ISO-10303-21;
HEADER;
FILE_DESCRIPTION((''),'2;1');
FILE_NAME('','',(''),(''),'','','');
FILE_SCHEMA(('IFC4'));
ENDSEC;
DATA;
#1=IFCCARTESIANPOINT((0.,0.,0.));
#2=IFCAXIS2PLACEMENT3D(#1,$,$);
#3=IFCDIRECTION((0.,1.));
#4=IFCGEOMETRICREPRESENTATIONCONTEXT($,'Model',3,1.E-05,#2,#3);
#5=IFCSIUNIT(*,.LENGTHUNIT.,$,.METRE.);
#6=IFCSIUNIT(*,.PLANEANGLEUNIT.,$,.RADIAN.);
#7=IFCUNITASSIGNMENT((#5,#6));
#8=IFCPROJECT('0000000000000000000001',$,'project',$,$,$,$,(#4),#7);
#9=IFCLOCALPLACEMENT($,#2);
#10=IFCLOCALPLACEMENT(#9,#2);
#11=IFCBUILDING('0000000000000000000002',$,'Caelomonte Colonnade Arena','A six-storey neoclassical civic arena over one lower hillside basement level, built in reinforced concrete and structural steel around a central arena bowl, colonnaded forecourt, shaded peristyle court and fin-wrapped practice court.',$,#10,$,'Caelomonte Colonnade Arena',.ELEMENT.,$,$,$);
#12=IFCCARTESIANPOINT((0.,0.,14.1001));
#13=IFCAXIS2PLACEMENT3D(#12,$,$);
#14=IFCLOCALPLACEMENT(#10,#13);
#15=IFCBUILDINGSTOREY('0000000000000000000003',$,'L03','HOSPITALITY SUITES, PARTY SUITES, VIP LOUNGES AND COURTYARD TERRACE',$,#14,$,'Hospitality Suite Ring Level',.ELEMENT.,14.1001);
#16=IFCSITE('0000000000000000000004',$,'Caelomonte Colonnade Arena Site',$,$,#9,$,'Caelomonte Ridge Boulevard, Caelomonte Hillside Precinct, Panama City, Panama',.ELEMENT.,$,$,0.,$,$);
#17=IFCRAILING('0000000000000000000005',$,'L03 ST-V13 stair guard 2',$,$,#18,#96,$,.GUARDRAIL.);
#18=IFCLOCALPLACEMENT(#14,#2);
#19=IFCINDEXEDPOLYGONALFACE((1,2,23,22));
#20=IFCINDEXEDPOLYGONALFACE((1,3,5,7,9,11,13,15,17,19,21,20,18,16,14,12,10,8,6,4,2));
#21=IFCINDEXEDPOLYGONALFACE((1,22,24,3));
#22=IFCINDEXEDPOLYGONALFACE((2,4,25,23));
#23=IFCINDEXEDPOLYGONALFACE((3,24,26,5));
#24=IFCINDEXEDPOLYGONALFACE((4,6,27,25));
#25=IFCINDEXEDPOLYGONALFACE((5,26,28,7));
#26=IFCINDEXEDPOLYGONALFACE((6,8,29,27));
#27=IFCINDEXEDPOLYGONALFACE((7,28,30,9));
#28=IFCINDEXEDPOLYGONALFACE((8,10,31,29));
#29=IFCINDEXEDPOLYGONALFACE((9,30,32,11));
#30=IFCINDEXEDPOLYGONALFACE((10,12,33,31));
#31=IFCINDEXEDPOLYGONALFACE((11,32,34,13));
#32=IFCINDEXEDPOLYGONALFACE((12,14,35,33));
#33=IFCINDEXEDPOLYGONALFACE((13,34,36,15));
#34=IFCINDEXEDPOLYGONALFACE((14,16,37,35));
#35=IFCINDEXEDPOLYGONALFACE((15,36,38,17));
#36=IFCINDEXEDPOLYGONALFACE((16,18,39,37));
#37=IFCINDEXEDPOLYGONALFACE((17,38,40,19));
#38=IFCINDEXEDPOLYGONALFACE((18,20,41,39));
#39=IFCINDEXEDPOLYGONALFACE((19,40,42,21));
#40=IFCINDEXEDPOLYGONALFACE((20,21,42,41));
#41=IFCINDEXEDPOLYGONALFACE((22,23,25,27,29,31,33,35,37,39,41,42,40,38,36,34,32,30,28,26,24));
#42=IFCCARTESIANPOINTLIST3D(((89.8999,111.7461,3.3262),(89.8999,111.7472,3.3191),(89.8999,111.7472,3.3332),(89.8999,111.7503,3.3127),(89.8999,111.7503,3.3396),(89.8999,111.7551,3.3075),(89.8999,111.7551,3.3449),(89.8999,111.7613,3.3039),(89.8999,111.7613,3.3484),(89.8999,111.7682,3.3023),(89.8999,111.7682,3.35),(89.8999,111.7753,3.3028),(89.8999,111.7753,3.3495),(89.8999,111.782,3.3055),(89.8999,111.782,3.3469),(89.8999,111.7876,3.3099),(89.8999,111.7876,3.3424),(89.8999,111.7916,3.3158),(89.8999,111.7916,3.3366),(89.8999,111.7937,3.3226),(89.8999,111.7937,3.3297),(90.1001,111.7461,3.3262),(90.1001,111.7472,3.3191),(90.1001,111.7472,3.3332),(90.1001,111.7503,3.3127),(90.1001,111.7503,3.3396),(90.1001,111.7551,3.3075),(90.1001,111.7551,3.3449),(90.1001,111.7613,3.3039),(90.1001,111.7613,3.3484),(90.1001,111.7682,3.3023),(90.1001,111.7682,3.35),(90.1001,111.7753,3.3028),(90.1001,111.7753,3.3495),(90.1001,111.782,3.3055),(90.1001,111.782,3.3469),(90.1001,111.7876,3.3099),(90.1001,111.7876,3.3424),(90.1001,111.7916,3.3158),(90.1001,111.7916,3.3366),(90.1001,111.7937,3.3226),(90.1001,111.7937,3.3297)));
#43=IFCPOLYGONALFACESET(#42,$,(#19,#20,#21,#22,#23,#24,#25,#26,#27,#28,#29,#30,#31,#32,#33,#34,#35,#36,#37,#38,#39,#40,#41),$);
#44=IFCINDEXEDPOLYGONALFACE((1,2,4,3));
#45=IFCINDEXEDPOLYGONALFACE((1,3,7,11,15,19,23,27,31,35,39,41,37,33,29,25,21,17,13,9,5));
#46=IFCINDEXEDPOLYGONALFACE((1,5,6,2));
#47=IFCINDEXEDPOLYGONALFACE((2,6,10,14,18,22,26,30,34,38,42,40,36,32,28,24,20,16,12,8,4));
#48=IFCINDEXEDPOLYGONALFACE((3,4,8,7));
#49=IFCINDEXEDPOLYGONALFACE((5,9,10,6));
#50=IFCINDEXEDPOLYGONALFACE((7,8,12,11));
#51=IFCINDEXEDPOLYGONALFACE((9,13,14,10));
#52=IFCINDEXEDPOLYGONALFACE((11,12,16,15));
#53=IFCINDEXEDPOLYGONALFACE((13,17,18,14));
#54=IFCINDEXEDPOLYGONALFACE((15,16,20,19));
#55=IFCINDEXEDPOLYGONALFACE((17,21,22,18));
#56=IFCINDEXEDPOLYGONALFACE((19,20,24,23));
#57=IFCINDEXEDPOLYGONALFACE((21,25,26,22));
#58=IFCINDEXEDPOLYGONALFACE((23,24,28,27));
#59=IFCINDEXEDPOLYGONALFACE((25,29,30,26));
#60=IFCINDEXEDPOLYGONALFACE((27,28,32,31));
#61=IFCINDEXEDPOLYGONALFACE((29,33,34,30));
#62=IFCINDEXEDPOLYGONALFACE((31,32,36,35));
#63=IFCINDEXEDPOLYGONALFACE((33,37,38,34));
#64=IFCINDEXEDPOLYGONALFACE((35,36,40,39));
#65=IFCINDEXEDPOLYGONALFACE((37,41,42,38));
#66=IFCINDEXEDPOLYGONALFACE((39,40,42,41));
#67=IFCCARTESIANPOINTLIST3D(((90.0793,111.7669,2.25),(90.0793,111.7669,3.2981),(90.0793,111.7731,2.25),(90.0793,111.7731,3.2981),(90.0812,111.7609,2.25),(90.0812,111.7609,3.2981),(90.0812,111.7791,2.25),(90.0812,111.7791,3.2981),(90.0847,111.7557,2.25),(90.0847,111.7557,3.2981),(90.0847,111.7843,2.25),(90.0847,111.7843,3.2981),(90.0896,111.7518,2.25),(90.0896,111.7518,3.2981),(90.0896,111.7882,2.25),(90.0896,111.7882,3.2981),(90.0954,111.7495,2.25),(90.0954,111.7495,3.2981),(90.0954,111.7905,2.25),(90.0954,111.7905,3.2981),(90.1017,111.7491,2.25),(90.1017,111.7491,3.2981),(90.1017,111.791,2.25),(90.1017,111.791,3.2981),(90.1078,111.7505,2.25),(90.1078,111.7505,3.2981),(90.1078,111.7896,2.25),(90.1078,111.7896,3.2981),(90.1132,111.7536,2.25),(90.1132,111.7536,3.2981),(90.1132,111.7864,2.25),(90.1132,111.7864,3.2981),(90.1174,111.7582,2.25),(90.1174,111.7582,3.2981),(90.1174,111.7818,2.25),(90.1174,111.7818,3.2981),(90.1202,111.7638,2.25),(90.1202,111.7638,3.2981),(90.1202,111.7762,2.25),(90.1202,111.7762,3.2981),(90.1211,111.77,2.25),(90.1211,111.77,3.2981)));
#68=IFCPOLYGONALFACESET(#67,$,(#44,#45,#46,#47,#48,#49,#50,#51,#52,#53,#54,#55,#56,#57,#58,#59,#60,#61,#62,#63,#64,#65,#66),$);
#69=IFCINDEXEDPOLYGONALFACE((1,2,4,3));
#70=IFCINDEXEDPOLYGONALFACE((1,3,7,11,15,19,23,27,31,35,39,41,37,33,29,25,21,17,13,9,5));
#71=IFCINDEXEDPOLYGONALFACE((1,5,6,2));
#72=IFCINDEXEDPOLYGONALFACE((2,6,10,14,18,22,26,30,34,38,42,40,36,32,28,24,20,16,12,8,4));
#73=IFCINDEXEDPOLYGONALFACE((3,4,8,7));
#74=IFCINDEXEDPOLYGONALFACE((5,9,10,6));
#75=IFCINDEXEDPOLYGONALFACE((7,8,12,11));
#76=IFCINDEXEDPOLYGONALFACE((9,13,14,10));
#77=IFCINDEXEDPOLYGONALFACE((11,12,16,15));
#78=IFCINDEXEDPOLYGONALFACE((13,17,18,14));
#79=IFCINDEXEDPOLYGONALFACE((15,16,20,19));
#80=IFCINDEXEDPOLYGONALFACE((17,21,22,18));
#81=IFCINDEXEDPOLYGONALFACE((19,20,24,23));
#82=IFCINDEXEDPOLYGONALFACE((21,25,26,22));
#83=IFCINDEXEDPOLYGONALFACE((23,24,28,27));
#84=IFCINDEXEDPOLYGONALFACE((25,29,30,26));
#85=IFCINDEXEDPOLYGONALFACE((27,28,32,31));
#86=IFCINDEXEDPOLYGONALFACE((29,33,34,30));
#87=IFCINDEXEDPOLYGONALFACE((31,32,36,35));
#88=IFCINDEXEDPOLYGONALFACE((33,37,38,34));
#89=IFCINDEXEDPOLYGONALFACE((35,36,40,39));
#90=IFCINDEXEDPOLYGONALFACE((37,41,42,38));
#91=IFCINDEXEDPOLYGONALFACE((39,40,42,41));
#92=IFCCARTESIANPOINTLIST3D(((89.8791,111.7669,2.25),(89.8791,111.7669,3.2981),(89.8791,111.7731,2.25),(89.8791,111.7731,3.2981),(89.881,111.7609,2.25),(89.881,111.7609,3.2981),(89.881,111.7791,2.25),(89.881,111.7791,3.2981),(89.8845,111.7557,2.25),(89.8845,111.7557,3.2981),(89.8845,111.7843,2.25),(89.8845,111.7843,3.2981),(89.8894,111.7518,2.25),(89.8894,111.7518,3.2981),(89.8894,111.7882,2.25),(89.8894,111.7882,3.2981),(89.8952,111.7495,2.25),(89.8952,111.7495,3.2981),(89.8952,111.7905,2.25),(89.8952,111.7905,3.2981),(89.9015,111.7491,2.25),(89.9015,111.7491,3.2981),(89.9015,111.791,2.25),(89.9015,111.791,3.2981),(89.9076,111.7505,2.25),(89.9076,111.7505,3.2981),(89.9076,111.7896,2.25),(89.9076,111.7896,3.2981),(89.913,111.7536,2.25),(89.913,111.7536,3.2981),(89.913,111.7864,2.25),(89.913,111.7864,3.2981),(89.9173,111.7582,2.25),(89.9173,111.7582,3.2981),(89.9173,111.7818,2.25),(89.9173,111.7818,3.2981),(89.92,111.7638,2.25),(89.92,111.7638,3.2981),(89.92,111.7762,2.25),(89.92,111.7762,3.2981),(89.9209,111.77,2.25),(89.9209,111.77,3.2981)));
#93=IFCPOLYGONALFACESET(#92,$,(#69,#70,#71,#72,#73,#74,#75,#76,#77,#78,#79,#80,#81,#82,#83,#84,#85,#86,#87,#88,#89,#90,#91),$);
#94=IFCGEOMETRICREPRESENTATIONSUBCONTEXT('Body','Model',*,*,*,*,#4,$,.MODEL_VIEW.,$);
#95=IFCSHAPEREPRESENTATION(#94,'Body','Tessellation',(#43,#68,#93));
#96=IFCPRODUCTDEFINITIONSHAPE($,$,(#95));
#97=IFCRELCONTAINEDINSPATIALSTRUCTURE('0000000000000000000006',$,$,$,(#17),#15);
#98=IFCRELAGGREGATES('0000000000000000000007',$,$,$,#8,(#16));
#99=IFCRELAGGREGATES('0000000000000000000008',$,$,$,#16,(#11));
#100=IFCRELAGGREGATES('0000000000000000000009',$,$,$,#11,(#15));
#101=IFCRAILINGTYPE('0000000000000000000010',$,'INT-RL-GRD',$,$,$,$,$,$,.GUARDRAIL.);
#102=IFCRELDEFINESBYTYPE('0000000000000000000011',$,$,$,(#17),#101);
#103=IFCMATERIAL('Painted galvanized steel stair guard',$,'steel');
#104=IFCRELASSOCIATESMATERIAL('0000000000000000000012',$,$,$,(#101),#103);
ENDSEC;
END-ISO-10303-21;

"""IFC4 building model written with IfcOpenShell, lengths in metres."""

from ifc_helpers import new_model, si_unit, direction, frame, origin, origin_2d, place, context, subcontext, project, spatial, circle, extrude, material, type_object, element, save


model = new_model("IFC4")

# Units and contexts
model_context = context("Model", 3, precision=1e-05, world=origin(), true_north=direction((0.0, 1.0)))
body_context = subcontext(model_context, "Body", "Model", "MODEL_VIEW")
ifc_project = project(units=[si_unit("LENGTHUNIT", "METRE"), si_unit("PLANEANGLEUNIT", "RADIAN")], contexts=[model_context])

# Site, building, storey
site_placement = place(None, origin())
site = spatial("IfcSite", under=ifc_project, at=site_placement, Name="Caelomonte Colonnade Arena Site", LongName="Caelomonte Ridge Boulevard, Caelomonte Hillside Precinct, Panama City, Panama", CompositionType="ELEMENT", RefElevation=0.0)
building_placement = place(site_placement, origin())
building = spatial("IfcBuilding", under=site, at=building_placement, Name="Caelomonte Colonnade Arena", Description="A six-storey neoclassical civic arena over one lower hillside basement level, built in reinforced concrete and structural steel around a central arena bowl, colonnaded forecourt, shaded peristyle court and fin-wrapped practice court.", LongName="Caelomonte Colonnade Arena", CompositionType="ELEMENT")
storey_placement = place(building_placement, frame((0.0, 0.0, 14.1001)))
storey = spatial("IfcBuildingStorey", under=building, at=storey_placement, Name="L03", Description="HOSPITALITY SUITES, PARTY SUITES, VIP LOUNGES AND COURTYARD TERRACE", LongName="Hospitality Suite Ring Level", CompositionType="ELEMENT", Elevation=14.1001)

# Railing
ifc_material_1 = material(Name="Painted galvanized steel stair guard", Category="steel")
railing_type = type_object("IfcRailingType", Name="INT-RL-GRD", PredefinedType="GUARDRAIL", material=ifc_material_1)
railing_placement = place(storey_placement, frame((90.1001, 111.77, 2.25)))
element("IfcRailing", 1, at=railing_placement, inside=storey, type_object=railing_type, Name="L03 ST-V13 stair guard 2", PredefinedType="GUARDRAIL", context=body_context, shape_type="SweptSolid", body=[
    extrude(circle(Radius=0.0239, at=origin_2d()), frame((0.0, 0.0, 1.0762), z_axis=(-1.0, 0.0, 0.0), x_axis=(0.0, -1.0, 0.0)), (0.0, 0.0, 1.0), 0.2002),
    extrude(circle(Radius=0.021, at=origin_2d()), origin(), (0.0, 0.0, 1.0), 1.0481),
    extrude(circle(Radius=0.021, at=origin_2d()), frame((-0.2002, 0.0, 0.0)), (0.0, 0.0, 1.0), 1.0481),
])

save(model, "model.ifc")
